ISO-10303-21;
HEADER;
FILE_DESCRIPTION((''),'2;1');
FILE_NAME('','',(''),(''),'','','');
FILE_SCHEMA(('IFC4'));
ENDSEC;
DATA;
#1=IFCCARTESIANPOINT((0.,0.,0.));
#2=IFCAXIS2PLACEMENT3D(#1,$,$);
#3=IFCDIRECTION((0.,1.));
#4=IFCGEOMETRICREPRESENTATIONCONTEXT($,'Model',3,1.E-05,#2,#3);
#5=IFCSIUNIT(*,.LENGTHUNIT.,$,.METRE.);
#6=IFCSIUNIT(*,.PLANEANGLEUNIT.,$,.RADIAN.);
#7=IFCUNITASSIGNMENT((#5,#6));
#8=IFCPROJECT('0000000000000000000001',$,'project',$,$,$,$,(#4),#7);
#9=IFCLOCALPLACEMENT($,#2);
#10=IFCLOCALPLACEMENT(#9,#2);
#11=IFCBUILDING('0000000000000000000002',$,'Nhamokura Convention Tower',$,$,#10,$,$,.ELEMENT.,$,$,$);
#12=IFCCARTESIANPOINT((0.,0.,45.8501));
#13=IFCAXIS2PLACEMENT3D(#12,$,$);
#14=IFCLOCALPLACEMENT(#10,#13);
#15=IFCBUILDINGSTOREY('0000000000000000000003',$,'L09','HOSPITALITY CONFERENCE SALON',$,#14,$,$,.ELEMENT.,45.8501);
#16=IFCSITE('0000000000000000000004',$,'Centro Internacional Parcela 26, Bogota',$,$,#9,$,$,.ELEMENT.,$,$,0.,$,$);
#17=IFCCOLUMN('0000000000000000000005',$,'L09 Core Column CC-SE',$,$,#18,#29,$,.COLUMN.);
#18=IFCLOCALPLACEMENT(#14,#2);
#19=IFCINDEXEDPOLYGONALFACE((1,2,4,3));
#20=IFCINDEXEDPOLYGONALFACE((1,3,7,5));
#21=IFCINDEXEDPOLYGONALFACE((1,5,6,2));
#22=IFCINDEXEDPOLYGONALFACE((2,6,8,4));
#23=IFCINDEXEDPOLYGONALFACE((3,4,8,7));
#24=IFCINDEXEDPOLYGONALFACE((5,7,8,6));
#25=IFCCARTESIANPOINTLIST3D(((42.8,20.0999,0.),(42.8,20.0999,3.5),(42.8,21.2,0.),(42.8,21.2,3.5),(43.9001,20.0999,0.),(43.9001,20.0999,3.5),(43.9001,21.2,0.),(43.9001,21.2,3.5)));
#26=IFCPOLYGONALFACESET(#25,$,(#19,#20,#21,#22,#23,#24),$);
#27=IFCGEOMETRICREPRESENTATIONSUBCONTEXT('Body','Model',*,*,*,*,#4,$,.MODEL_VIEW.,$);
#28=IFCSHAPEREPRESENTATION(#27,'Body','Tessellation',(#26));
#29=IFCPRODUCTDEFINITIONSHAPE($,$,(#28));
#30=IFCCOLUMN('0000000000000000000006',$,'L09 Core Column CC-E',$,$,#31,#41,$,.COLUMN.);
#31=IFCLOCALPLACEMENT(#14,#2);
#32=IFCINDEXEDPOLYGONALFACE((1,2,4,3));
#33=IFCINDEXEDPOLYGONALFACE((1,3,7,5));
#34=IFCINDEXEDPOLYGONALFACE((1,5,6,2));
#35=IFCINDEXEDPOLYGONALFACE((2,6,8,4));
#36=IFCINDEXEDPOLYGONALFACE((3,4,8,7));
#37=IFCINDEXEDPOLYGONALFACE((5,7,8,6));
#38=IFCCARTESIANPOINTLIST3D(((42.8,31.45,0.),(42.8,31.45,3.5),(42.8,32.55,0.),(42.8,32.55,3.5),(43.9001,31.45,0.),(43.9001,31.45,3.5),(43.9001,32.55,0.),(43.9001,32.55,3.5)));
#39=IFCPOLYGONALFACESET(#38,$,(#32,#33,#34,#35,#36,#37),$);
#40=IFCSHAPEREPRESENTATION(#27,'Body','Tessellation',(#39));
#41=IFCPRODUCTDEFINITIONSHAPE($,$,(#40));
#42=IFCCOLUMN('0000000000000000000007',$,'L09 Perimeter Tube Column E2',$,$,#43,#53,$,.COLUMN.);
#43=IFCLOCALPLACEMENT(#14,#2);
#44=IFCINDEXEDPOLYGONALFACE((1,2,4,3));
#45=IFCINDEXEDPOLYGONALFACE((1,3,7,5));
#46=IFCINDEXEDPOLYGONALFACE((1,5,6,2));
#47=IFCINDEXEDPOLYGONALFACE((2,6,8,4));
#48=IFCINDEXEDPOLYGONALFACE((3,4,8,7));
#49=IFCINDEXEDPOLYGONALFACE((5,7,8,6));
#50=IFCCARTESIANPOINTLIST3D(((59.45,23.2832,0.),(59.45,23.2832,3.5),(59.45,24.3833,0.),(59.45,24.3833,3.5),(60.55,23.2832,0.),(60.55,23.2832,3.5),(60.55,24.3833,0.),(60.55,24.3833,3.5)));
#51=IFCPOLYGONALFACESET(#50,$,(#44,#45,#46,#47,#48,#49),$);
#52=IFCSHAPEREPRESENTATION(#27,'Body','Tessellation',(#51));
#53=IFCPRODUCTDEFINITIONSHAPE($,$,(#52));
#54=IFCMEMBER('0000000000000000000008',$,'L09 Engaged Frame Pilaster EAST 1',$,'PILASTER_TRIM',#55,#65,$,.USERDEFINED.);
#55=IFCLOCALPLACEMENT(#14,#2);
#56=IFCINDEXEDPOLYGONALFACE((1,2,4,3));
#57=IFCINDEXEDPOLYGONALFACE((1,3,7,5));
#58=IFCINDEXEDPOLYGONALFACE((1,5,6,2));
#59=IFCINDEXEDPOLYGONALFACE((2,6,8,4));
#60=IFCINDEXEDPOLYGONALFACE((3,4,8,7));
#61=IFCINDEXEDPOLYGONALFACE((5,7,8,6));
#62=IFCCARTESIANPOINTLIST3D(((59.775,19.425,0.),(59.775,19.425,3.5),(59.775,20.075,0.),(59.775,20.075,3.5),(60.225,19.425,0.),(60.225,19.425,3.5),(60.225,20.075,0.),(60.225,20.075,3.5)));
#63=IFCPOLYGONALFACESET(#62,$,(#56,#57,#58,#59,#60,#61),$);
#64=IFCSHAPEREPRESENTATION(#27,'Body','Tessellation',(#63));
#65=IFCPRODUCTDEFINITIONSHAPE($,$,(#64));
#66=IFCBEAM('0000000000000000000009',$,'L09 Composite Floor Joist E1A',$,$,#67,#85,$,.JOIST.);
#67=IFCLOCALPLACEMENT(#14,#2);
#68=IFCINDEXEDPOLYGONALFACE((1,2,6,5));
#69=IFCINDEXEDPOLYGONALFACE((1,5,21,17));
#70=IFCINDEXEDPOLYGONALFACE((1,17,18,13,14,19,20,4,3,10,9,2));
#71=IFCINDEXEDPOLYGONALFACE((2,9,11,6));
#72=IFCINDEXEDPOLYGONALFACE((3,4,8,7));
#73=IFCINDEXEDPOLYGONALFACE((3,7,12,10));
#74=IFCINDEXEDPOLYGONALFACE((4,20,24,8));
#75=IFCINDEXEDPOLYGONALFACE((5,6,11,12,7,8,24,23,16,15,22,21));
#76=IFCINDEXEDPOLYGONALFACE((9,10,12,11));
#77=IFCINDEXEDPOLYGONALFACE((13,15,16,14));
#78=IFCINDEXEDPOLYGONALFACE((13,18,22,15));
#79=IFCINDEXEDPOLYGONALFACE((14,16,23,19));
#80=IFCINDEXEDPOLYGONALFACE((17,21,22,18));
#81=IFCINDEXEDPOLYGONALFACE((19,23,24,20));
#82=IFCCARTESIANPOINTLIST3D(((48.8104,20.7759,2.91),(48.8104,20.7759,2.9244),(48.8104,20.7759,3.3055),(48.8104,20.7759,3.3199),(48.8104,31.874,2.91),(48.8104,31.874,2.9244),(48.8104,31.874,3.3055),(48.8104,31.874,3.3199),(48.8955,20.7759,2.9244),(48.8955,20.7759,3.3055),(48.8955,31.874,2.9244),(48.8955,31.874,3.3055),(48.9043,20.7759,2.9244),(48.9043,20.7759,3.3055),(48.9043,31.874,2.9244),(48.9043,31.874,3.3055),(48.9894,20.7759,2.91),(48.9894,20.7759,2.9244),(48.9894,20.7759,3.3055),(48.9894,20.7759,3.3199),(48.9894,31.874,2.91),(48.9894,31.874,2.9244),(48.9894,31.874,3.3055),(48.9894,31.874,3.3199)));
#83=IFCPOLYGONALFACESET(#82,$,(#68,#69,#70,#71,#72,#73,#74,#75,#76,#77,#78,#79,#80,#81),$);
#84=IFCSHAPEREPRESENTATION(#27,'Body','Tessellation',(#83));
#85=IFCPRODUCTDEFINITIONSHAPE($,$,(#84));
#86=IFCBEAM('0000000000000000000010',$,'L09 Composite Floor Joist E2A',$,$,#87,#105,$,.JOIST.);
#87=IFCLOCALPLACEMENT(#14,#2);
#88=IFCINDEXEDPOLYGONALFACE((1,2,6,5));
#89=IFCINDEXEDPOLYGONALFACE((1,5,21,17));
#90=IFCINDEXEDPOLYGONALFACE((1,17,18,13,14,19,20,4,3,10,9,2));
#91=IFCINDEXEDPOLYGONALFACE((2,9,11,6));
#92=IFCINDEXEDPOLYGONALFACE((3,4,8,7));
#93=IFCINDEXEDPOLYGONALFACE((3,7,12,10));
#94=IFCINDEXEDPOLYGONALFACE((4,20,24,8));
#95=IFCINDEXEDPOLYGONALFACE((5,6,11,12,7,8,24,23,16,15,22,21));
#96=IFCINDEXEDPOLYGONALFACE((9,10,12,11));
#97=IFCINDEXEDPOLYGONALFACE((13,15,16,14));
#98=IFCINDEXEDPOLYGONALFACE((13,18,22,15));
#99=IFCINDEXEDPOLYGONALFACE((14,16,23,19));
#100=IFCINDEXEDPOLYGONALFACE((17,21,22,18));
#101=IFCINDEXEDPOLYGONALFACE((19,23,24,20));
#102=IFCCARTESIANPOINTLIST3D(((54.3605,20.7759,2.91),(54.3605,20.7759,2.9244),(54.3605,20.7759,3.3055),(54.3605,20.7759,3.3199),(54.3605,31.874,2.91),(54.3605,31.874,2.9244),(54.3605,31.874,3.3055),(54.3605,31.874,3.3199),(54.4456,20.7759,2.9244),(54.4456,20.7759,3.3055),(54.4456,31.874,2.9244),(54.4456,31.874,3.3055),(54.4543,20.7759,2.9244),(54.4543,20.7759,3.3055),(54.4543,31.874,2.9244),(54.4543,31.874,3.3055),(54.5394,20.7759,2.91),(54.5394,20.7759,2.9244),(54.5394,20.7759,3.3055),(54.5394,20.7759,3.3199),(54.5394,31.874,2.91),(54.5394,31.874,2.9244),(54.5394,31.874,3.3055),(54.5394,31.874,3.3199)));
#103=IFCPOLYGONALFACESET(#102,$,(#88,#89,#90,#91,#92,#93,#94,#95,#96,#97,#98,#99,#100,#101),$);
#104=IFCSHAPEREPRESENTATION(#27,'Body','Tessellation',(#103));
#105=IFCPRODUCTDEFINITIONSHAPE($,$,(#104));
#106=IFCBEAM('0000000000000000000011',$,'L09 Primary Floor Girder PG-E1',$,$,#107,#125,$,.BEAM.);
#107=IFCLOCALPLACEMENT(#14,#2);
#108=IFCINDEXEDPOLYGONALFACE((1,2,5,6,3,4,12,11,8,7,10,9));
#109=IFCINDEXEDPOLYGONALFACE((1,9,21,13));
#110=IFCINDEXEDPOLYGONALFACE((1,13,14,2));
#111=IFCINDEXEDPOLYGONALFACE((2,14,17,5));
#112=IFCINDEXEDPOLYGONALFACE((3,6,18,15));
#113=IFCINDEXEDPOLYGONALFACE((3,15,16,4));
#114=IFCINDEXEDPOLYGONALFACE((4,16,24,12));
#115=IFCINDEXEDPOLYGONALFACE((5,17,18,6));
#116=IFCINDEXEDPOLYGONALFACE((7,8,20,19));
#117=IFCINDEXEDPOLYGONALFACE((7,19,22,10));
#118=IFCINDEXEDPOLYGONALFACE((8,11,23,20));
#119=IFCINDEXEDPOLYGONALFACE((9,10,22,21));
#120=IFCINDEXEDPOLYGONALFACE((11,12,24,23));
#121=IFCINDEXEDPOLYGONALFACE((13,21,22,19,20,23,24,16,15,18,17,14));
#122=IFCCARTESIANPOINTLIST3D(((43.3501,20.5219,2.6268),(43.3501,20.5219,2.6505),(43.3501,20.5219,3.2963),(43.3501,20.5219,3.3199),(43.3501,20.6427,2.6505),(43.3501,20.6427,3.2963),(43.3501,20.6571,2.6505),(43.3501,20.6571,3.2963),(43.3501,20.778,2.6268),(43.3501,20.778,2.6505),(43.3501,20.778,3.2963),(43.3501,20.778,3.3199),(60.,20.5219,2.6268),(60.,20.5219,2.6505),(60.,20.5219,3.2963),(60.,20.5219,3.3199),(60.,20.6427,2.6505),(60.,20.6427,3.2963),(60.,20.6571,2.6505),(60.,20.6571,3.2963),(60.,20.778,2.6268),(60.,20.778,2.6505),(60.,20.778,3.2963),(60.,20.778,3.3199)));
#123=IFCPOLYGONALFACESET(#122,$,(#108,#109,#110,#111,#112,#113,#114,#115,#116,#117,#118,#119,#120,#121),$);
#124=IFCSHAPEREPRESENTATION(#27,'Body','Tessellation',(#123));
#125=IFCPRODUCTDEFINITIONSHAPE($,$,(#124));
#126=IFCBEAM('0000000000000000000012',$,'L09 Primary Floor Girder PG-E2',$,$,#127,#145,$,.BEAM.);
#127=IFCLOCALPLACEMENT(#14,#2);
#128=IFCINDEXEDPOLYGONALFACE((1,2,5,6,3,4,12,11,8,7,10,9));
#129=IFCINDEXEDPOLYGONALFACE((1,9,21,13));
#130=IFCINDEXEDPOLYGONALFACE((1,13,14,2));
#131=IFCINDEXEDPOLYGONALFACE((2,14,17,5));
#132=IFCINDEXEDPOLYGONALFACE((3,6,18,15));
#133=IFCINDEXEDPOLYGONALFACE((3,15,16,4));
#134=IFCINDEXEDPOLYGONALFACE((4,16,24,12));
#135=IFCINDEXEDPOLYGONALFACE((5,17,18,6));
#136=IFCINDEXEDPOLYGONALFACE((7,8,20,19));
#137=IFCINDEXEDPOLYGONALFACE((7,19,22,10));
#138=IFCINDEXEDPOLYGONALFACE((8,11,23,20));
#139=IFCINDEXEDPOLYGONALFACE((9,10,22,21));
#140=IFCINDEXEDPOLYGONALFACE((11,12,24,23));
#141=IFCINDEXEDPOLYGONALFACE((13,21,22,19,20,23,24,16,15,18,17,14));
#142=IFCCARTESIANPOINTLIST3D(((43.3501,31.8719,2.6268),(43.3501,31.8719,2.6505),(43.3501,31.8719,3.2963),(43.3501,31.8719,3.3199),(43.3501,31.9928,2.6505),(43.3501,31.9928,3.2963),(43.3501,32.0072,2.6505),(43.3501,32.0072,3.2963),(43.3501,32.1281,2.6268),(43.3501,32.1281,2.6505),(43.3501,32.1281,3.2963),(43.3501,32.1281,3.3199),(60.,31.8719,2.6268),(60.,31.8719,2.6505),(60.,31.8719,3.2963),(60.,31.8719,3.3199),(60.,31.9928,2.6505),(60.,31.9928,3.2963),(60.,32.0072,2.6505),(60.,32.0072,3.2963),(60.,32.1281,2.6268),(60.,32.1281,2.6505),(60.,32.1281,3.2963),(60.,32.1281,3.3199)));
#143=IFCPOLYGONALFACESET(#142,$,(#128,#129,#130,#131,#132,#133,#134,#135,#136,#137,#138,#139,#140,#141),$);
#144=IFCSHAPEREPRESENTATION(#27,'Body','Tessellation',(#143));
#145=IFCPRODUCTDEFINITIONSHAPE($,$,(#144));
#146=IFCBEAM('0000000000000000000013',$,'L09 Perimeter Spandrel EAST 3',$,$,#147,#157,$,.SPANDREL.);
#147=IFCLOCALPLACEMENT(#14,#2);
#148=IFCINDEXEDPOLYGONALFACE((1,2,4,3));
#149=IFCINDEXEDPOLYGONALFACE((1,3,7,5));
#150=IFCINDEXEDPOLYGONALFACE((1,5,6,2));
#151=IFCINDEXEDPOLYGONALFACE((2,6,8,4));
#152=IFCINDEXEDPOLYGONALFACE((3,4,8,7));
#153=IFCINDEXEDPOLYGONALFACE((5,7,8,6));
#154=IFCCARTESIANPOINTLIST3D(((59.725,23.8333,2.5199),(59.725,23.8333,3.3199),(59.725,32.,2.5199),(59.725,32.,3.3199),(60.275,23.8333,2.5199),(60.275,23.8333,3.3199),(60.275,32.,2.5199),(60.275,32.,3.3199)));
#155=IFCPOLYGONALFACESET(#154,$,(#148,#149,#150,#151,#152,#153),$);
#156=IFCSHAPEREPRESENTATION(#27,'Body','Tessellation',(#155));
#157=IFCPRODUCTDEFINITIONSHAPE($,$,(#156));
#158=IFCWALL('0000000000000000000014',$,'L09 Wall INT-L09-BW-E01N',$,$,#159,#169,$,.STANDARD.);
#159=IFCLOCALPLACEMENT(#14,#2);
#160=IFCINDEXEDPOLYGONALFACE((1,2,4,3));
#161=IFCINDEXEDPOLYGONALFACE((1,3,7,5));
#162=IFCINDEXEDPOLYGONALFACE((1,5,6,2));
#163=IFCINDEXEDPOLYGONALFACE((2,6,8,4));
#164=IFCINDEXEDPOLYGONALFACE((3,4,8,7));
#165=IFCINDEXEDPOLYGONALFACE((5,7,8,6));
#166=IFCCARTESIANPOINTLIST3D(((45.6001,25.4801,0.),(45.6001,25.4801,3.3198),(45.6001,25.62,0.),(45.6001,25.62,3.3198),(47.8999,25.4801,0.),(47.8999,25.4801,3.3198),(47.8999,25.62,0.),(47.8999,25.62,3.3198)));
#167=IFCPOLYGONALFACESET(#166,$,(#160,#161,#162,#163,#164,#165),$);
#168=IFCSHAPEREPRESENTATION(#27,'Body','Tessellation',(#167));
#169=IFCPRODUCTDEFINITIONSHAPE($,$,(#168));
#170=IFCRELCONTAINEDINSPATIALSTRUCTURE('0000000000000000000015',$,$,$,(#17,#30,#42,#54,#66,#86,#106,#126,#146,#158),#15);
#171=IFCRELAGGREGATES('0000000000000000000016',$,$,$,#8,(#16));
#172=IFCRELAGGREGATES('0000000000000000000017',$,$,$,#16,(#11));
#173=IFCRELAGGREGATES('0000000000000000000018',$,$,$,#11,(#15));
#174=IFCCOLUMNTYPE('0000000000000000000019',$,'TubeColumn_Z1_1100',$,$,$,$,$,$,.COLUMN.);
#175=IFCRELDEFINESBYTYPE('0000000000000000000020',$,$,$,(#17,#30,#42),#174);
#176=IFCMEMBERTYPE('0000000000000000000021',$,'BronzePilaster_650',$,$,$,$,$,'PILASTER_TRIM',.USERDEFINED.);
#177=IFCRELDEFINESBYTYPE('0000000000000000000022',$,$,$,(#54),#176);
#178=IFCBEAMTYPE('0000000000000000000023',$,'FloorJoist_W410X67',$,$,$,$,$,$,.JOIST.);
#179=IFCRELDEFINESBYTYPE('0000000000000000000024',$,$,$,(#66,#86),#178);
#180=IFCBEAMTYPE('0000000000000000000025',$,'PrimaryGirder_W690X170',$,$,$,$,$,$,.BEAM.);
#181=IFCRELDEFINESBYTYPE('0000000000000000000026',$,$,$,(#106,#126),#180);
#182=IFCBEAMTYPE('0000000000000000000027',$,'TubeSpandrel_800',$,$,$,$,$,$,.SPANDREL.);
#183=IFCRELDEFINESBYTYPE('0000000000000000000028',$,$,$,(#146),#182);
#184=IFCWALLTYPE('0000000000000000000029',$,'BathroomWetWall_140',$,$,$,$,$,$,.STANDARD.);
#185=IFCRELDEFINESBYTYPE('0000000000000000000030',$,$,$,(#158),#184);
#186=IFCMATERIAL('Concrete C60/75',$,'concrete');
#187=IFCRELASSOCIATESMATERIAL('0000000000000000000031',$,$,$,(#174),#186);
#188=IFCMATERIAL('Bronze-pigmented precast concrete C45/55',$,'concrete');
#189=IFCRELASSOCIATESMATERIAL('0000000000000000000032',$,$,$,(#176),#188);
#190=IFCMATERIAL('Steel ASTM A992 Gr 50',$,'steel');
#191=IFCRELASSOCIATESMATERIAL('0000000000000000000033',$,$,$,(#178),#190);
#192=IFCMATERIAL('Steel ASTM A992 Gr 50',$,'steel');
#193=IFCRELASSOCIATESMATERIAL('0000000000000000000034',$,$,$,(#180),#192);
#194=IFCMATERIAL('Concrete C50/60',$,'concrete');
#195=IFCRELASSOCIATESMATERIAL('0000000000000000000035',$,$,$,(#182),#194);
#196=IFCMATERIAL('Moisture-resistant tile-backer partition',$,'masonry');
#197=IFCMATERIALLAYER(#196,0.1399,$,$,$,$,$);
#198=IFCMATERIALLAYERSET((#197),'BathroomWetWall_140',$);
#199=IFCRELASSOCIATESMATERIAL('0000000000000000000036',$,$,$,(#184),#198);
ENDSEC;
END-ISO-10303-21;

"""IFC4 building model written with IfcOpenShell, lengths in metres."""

from ifc_helpers import new_model, si_unit, direction, frame, frame_2d, origin, origin_2d, place, context, subcontext, project, spatial, rectangle, i_section, extrude, material, layer, layer_set, material_profile, profile_set, type_object, element, save


model = new_model("IFC4")

# Units and contexts
model_context = context("Model", 3, precision=1e-05, world=origin(), true_north=direction((0.0, 1.0)))
body_context = subcontext(model_context, "Body", "Model", "MODEL_VIEW")
ifc_project = project(units=[si_unit("LENGTHUNIT", "METRE"), si_unit("PLANEANGLEUNIT", "RADIAN")], contexts=[model_context])

# Site, building, storey
site_placement = place(None, origin())
site = spatial("IfcSite", under=ifc_project, at=site_placement, Name="Centro Internacional Parcela 26, Bogota", CompositionType="ELEMENT", RefElevation=0.0)
building_placement = place(site_placement, origin())
building = spatial("IfcBuilding", under=site, at=building_placement, Name="Nhamokura Convention Tower", CompositionType="ELEMENT")
storey_placement = place(building_placement, frame((0.0, 0.0, 45.8501)))
storey = spatial("IfcBuildingStorey", under=building, at=storey_placement, Name="L09", Description="HOSPITALITY CONFERENCE SALON", CompositionType="ELEMENT", Elevation=45.8501)

# Columns
ifc_material_1 = material(Name="Concrete C60/75", Category="concrete")
ifc_material_profile_1 = material_profile(ifc_material_1, rectangle(XDim=1.1001, YDim=1.1001, at=origin_2d()))
ifc_profile_set_1 = profile_set([ifc_material_profile_1], Name="Concrete C60/75")
column_type = type_object("IfcColumnType", Name="TubeColumn_Z1_1100", PredefinedType="COLUMN", material=ifc_profile_set_1)
for number, where, z_axis, x_axis, name in (
    (1, (43.3501, 20.6499, 0.0), (0.0, 0.0, 1.0), (1.0, 0.0, 0.0), "L09 Core Column CC-SE"),
    (2, (43.3501, 32.0, 0.0), (0.0, 0.0, 1.0), (1.0, 0.0, 0.0), "L09 Core Column CC-E"),
    (3, (60.0, 23.8333, 0.0), (0.0, 0.0, 1.0), (1.0, 0.0, 0.0), "L09 Perimeter Tube Column E2"),
):
    element("IfcColumn", number, at=place(storey_placement, frame(where, z_axis=z_axis, x_axis=x_axis)), inside=storey, type_object=column_type, Name=name, PredefinedType="COLUMN", context=body_context, shape_type="SweptSolid", body=[
        extrude(rectangle(XDim=1.1001, YDim=1.1001, at=origin_2d()), origin(), (0.0, 0.0, 1.0), 3.5),
    ])

# Member
ifc_material_2 = material(Name="Bronze-pigmented precast concrete C45/55", Category="concrete")
ifc_material_profile_2 = material_profile(ifc_material_2, rectangle(XDim=0.45, YDim=0.6499, at=origin_2d()))
ifc_profile_set_2 = profile_set([ifc_material_profile_2], Name="Bronze-pigmented precast concrete C45/55")
member_type = type_object("IfcMemberType", Name="BronzePilaster_650", ElementType="PILASTER_TRIM", PredefinedType="USERDEFINED", material=ifc_profile_set_2)
member_placement = place(storey_placement, frame((60.0, 19.75, 0.0), z_axis=(0.0, 0.0, 1.0), x_axis=(1.0, 0.0, 0.0)))
element("IfcMember", 4, at=member_placement, inside=storey, type_object=member_type, Name="L09 Engaged Frame Pilaster EAST 1", ObjectType="PILASTER_TRIM", PredefinedType="USERDEFINED", context=body_context, shape_type="SweptSolid", body=[
    extrude(rectangle(XDim=0.45, YDim=0.6499, at=origin_2d()), origin(), (0.0, 0.0, 1.0), 3.5),
])

# Beams
ifc_material_3 = material(Name="Steel ASTM A992 Gr 50", Category="steel")
ifc_material_profile_3 = material_profile(ifc_material_3, i_section(OverallWidth=0.179, OverallDepth=0.4099, WebThickness=0.0088, FlangeThickness=0.0144, at=origin_2d()))
ifc_profile_set_3 = profile_set([ifc_material_profile_3], Name="Steel ASTM A992 Gr 50")
beam_type_1 = type_object("IfcBeamType", Name="FloorJoist_W410X67", PredefinedType="JOIST", material=ifc_profile_set_3)
for number, where, z_axis, x_axis, name in (
    (5, (48.8999, 20.7759, 3.115), (0.0, 1.0, 0.0), (-1.0, 0.0, 0.0), "L09 Composite Floor Joist E1A"),
    (6, (54.45, 20.7759, 3.115), (0.0, 1.0, 0.0), (-1.0, 0.0, 0.0), "L09 Composite Floor Joist E2A"),
):
    element("IfcBeam", number, at=place(storey_placement, frame(where, z_axis=z_axis, x_axis=x_axis)), inside=storey, type_object=beam_type_1, Name=name, PredefinedType="JOIST", context=body_context, shape_type="SweptSolid", body=[
        extrude(i_section(OverallWidth=0.179, OverallDepth=0.4099, WebThickness=0.0088, FlangeThickness=0.0144, at=origin_2d()), origin(), (0.0, 0.0, 1.0), 11.0981),
    ])
ifc_material_4 = material(Name="Steel ASTM A992 Gr 50", Category="steel")
ifc_material_profile_4 = material_profile(ifc_material_4, i_section(OverallWidth=0.2561, OverallDepth=0.6931, WebThickness=0.0144, FlangeThickness=0.0237, at=origin_2d()))
ifc_profile_set_4 = profile_set([ifc_material_profile_4], Name="Steel ASTM A992 Gr 50")
beam_type_2 = type_object("IfcBeamType", Name="PrimaryGirder_W690X170", PredefinedType="BEAM", material=ifc_profile_set_4)
for number, where, z_axis, x_axis, name in (
    (7, (43.3501, 20.6499, 2.9734), (1.0, 0.0, 0.0), (0.0, 1.0, 0.0), "L09 Primary Floor Girder PG-E1"),
    (8, (43.3501, 32.0, 2.9734), (1.0, 0.0, 0.0), (0.0, 1.0, 0.0), "L09 Primary Floor Girder PG-E2"),
):
    element("IfcBeam", number, at=place(storey_placement, frame(where, z_axis=z_axis, x_axis=x_axis)), inside=storey, type_object=beam_type_2, Name=name, PredefinedType="BEAM", context=body_context, shape_type="SweptSolid", body=[
        extrude(i_section(OverallWidth=0.2561, OverallDepth=0.6931, WebThickness=0.0144, FlangeThickness=0.0237, at=origin_2d()), origin(), (0.0, 0.0, 1.0), 16.6499),
    ])
ifc_material_5 = material(Name="Concrete C50/60", Category="concrete")
ifc_material_profile_5 = material_profile(ifc_material_5, rectangle(XDim=0.55, YDim=0.8, at=origin_2d()))
ifc_profile_set_5 = profile_set([ifc_material_profile_5], Name="Concrete C50/60")
beam_type_3 = type_object("IfcBeamType", Name="TubeSpandrel_800", PredefinedType="SPANDREL", material=ifc_profile_set_5)
beam_placement = place(storey_placement, frame((60.0, 23.8333, 2.9199), z_axis=(0.0, 1.0, 0.0), x_axis=(-1.0, 0.0, 0.0)))
element("IfcBeam", 9, at=beam_placement, inside=storey, type_object=beam_type_3, Name="L09 Perimeter Spandrel EAST 3", PredefinedType="SPANDREL", context=body_context, shape_type="SweptSolid", body=[
    extrude(rectangle(XDim=0.55, YDim=0.8, at=origin_2d()), origin(), (0.0, 0.0, 1.0), 8.1667),
])

# Wall
ifc_material_6 = material(Name="Moisture-resistant tile-backer partition", Category="masonry")
ifc_layer_1 = layer(ifc_material_6, 0.1399)
ifc_layer_set_1 = layer_set([ifc_layer_1], Name="BathroomWetWall_140")
wall_type_1 = type_object("IfcWallType", Name="BathroomWetWall_140", PredefinedType="STANDARD", material=ifc_layer_set_1)
wall_1_placement = place(storey_placement, frame((45.6001, 25.55, 0.0), z_axis=(0.0, 0.0, 1.0), x_axis=(1.0, 0.0, 0.0)))
element("IfcWall", 10, at=wall_1_placement, inside=storey, type_object=wall_type_1, Name="L09 Wall INT-L09-BW-E01N", PredefinedType="STANDARD", context=body_context, shape_type="SweptSolid", body=[
    extrude(rectangle(XDim=2.2998, YDim=0.1399, at=frame_2d((1.1499, 0.0))), origin(), (0.0, 0.0, 1.0), 3.3198),
])

save(model, "model.ifc")
